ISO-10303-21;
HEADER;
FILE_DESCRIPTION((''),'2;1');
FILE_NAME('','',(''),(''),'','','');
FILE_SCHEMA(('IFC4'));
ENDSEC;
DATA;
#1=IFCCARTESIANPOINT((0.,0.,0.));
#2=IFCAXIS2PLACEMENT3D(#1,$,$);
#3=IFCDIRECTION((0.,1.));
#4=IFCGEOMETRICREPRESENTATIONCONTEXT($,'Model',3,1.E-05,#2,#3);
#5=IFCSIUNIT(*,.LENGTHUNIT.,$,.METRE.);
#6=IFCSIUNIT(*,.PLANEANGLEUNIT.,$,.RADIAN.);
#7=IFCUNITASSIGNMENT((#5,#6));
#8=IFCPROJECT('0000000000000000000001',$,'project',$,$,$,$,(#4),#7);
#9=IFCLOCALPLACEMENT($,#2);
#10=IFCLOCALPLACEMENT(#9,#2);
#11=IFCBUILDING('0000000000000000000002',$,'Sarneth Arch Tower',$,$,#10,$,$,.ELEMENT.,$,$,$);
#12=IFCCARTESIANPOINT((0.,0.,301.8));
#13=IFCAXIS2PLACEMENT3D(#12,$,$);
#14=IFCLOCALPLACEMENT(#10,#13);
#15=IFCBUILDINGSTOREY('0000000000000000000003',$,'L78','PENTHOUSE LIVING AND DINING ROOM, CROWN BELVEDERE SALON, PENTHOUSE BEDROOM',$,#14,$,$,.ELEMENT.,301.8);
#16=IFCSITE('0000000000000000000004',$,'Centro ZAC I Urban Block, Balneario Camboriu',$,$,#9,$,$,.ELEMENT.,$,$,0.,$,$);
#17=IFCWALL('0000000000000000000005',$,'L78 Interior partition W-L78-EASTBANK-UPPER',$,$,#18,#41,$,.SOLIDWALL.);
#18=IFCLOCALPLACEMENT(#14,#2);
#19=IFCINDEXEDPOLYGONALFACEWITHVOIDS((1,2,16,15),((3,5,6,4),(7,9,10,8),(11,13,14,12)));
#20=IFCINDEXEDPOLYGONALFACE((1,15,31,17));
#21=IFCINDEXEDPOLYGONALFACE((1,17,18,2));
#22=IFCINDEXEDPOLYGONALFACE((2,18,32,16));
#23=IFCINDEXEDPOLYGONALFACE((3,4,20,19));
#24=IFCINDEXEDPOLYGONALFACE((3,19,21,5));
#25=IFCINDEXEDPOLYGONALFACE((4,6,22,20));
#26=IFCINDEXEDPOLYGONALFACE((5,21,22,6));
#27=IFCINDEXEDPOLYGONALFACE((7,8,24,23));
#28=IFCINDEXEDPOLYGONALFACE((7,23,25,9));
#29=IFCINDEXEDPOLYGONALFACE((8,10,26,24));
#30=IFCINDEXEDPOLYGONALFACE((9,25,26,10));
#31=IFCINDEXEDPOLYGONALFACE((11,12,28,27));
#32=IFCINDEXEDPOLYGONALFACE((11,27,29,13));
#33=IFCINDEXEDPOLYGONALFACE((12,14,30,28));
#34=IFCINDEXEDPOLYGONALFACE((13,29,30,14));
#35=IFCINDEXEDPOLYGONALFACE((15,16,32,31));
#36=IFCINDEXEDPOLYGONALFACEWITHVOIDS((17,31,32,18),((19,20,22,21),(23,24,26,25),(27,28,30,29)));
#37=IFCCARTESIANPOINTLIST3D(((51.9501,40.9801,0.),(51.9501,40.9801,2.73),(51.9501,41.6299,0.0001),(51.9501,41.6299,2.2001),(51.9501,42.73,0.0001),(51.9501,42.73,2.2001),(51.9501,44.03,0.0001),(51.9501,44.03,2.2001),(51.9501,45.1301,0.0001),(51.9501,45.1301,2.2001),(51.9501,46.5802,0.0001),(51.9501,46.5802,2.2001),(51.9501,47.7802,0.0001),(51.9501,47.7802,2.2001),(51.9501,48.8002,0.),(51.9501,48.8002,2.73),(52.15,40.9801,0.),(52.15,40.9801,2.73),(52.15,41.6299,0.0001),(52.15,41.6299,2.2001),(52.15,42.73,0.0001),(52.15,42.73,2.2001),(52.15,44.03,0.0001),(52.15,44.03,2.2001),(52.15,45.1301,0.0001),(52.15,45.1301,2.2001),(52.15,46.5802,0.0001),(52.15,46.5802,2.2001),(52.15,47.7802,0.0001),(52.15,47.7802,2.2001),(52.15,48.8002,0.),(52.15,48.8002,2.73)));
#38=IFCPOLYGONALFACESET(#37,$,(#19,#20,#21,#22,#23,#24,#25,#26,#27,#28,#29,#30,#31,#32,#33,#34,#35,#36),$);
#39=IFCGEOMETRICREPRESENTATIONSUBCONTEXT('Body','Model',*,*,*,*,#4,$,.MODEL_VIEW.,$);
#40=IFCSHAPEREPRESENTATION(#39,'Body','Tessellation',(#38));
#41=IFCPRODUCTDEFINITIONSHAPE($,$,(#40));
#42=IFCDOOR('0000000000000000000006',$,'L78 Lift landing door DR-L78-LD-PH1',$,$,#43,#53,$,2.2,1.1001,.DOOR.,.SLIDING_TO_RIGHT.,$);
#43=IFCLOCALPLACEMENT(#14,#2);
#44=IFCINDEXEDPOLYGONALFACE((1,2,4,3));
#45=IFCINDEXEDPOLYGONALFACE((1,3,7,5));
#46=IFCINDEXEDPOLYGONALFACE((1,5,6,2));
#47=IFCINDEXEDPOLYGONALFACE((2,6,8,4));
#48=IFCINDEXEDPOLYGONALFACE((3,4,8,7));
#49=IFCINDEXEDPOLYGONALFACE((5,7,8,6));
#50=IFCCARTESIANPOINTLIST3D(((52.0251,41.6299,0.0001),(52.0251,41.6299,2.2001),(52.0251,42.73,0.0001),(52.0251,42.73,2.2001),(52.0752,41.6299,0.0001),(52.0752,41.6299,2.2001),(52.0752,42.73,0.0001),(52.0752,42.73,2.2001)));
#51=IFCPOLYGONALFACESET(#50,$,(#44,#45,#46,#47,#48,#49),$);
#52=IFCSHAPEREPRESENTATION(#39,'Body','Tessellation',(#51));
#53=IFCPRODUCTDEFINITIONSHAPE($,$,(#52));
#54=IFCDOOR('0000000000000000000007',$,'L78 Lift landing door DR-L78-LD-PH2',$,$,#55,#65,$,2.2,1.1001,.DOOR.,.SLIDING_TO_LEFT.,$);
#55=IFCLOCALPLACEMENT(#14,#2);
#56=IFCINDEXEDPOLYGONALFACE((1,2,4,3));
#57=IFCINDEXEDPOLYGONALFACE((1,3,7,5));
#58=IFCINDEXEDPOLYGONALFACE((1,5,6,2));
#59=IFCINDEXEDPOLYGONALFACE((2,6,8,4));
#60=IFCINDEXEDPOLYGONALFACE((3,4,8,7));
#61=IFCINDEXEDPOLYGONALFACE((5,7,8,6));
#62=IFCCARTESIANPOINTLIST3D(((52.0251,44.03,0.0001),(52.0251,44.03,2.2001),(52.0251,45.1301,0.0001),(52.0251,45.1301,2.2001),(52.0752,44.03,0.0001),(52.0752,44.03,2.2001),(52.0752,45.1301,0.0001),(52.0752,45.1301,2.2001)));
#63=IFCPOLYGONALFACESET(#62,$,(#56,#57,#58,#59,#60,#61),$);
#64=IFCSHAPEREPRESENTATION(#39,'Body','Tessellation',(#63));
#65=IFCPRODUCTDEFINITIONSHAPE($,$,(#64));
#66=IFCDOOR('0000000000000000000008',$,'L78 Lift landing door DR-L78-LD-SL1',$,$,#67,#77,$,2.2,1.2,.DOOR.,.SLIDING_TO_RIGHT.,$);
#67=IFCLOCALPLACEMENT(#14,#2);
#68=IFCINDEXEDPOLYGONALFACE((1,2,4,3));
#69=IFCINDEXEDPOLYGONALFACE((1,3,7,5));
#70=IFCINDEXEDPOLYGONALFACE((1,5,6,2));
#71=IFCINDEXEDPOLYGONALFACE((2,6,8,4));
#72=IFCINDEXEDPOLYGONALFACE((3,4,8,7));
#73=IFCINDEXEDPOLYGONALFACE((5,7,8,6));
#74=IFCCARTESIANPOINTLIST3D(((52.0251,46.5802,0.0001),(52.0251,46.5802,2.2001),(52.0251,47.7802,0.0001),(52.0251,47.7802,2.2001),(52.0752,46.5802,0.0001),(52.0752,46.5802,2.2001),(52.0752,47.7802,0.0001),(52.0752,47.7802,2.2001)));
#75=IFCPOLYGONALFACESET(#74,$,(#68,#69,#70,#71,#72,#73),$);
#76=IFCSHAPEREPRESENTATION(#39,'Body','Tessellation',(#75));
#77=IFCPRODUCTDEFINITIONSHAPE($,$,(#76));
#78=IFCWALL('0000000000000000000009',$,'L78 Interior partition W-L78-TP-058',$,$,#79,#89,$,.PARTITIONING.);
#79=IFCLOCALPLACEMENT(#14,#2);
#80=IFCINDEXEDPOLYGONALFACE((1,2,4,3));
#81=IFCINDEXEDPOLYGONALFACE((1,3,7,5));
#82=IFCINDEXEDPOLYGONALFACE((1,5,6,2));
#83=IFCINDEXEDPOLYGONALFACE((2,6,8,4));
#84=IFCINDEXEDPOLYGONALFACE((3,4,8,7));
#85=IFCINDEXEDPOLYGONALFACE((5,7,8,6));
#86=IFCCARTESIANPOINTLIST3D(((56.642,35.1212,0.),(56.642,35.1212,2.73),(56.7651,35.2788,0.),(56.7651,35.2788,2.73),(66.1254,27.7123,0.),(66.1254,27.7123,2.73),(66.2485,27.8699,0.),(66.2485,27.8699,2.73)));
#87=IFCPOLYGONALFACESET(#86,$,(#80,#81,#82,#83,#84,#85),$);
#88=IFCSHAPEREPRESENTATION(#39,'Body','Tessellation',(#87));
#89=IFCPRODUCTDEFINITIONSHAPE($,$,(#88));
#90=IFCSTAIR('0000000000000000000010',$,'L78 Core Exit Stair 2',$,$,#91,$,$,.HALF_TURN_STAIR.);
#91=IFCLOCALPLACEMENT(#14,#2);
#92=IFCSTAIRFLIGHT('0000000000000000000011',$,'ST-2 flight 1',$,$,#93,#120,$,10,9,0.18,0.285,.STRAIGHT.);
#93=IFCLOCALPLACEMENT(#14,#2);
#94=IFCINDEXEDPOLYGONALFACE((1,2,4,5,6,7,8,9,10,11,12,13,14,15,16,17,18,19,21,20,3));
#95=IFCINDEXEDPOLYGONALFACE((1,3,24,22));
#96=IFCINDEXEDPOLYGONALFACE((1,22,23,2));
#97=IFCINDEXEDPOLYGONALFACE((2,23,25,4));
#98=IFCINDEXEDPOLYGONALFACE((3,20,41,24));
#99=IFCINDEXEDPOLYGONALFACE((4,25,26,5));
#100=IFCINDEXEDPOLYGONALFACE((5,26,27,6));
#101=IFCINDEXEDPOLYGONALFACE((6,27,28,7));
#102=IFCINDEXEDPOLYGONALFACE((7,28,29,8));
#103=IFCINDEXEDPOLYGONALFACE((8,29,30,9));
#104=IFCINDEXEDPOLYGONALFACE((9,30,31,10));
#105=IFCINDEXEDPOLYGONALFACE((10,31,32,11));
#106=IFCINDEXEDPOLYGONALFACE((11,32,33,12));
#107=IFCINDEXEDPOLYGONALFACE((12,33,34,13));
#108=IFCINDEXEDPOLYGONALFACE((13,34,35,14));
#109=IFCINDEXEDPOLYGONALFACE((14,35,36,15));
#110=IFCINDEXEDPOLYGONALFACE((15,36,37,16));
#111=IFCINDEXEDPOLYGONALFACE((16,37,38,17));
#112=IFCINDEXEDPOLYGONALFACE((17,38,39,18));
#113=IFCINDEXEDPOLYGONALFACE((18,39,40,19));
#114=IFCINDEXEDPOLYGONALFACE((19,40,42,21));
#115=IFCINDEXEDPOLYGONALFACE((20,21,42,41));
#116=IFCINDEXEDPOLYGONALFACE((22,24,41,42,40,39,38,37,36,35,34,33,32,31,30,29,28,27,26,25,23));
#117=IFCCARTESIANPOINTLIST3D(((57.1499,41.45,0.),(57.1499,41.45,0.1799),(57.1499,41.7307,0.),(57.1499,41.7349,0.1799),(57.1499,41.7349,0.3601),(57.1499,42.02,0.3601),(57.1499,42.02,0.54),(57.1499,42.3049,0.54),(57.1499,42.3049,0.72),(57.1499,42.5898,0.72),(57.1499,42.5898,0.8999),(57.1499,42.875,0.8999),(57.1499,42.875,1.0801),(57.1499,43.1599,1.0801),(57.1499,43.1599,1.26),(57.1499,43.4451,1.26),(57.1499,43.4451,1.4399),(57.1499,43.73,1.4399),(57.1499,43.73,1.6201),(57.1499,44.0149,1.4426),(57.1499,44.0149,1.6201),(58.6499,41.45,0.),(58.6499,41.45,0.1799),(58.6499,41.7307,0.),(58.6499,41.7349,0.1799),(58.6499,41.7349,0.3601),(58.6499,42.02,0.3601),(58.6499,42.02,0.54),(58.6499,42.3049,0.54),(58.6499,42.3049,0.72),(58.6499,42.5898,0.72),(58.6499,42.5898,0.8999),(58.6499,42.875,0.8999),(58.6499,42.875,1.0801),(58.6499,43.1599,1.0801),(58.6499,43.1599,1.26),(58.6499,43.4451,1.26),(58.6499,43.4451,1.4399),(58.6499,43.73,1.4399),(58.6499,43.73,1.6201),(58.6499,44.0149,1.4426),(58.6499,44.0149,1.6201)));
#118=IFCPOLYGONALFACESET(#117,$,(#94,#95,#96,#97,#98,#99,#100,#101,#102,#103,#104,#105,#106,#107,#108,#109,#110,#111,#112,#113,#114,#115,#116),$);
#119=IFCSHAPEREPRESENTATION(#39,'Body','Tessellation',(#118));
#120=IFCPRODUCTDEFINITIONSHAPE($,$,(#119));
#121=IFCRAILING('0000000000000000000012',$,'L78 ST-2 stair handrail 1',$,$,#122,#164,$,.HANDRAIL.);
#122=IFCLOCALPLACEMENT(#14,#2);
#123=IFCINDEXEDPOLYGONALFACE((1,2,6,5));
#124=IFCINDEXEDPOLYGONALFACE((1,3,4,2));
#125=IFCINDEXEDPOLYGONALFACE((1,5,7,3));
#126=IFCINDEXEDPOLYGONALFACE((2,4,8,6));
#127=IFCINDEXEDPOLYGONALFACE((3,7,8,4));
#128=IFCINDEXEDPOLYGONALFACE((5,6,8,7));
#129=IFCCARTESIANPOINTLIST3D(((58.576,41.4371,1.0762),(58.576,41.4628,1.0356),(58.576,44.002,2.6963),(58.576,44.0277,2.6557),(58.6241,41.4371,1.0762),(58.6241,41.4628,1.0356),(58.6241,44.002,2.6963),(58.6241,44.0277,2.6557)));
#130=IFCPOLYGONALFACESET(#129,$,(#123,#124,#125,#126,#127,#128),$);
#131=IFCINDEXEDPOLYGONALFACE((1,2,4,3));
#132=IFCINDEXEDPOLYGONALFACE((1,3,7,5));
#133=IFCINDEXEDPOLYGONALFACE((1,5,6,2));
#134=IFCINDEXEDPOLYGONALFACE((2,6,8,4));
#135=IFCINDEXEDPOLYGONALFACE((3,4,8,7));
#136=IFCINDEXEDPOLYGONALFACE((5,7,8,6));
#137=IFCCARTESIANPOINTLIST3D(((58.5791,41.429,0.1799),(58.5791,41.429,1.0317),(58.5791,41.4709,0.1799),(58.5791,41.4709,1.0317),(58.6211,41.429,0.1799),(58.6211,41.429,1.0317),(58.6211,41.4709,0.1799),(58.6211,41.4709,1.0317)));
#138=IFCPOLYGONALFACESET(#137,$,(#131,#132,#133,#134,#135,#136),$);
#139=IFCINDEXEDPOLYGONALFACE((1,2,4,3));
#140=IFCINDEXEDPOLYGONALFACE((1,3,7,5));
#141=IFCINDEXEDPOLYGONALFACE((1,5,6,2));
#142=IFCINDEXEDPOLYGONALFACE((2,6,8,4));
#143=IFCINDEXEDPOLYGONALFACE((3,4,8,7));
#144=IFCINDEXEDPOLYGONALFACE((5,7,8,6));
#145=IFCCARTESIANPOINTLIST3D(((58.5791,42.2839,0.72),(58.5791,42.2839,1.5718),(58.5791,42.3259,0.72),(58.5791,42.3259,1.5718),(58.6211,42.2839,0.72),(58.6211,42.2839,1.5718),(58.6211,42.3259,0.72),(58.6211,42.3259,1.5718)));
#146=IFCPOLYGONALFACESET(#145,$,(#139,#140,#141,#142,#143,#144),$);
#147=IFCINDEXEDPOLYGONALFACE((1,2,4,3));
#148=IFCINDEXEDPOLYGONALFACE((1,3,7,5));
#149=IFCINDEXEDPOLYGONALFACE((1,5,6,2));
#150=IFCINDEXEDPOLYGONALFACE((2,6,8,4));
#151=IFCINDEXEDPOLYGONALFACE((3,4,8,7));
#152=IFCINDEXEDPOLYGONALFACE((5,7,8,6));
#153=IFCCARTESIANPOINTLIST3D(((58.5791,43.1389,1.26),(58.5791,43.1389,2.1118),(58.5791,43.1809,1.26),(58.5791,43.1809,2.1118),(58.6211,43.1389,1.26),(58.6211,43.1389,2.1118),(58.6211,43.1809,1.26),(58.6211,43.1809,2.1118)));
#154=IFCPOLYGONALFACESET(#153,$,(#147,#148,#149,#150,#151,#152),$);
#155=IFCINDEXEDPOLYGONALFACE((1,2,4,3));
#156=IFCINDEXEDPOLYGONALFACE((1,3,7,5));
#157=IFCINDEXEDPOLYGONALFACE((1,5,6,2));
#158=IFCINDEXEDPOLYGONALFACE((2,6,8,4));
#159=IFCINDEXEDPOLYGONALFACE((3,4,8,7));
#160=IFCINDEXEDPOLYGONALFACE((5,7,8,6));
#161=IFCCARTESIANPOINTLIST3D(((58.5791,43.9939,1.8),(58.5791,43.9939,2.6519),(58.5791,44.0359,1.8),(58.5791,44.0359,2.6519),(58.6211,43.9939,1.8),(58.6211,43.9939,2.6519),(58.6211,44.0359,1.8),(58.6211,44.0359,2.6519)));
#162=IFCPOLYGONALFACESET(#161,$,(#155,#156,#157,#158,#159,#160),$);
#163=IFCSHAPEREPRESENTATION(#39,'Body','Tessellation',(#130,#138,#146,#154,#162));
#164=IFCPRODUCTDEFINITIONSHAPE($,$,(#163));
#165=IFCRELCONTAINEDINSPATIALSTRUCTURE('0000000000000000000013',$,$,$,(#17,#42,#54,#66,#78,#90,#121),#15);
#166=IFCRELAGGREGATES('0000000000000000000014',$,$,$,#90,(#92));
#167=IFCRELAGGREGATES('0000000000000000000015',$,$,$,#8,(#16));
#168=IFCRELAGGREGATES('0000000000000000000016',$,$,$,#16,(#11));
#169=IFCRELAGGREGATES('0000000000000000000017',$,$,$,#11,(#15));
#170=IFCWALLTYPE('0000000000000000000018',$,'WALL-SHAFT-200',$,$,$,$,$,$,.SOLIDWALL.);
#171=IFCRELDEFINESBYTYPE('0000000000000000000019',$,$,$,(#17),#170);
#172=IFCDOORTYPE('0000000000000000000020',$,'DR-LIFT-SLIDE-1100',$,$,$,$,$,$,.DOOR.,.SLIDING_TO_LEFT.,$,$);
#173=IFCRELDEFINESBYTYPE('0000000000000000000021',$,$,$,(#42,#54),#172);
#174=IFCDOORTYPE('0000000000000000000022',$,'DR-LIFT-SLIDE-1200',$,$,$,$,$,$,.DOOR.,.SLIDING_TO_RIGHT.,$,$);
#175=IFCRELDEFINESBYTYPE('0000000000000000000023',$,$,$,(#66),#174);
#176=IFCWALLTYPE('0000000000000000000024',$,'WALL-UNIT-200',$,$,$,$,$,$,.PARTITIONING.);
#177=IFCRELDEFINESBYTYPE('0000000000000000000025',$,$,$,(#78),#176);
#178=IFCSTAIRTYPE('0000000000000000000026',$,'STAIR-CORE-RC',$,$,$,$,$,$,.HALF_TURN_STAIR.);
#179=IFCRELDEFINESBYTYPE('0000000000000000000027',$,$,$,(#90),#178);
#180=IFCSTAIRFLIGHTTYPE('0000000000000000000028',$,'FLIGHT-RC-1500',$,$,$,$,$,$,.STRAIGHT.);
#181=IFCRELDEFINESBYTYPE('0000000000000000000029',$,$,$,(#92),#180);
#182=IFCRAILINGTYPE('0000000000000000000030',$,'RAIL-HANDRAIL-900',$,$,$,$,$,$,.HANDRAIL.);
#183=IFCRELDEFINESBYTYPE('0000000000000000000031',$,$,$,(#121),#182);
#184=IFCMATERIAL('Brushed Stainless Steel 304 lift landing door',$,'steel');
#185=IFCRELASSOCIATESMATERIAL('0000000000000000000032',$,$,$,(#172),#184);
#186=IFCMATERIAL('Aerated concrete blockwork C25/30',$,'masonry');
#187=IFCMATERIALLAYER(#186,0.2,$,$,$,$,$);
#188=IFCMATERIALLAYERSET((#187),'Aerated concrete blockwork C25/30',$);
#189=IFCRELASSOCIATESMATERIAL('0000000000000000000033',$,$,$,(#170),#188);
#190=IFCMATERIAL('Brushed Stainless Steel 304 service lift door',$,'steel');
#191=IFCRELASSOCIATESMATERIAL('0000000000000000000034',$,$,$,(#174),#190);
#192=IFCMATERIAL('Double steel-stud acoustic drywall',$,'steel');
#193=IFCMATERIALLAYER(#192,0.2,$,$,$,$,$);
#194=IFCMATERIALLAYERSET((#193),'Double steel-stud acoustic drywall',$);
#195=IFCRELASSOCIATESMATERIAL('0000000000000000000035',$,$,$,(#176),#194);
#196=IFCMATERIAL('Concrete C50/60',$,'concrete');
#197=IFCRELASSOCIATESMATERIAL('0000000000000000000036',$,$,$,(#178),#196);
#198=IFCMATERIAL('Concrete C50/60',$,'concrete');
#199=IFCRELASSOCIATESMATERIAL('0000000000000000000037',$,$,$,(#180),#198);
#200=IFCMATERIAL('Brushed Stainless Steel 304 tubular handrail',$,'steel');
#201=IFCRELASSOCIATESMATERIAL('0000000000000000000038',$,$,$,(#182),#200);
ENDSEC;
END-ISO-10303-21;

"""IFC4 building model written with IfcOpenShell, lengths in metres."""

from ifc_helpers import new_model, si_unit, direction, frame, frame_2d, origin, origin_2d, place, context, subcontext, project, spatial, polyline, rectangle, outline, extrude, material, layer, layer_set, type_object, element, fill, aggregate, save


model = new_model("IFC4")

# Units and contexts
model_context = context("Model", 3, precision=1e-05, world=origin(), true_north=direction((0.0, 1.0)))
body_context = subcontext(model_context, "Body", "Model", "MODEL_VIEW")
ifc_project = project(units=[si_unit("LENGTHUNIT", "METRE"), si_unit("PLANEANGLEUNIT", "RADIAN")], contexts=[model_context])

# Site, building, storey
site_placement = place(None, origin())
site = spatial("IfcSite", under=ifc_project, at=site_placement, Name="Centro ZAC I Urban Block, Balneario Camboriu", CompositionType="ELEMENT", RefElevation=0.0)
building_placement = place(site_placement, origin())
building = spatial("IfcBuilding", under=site, at=building_placement, Name="Sarneth Arch Tower", CompositionType="ELEMENT")
storey_placement = place(building_placement, frame((0.0, 0.0, 301.8)))
storey = spatial("IfcBuildingStorey", under=building, at=storey_placement, Name="L78", Description="PENTHOUSE LIVING AND DINING ROOM, CROWN BELVEDERE SALON, PENTHOUSE BEDROOM", CompositionType="ELEMENT", Elevation=301.8)

# Shared definitions
ifc_material_1 = material(Name="Brushed Stainless Steel 304 lift landing door", Category="steel")
door_type_1 = type_object("IfcDoorType", Name="DR-LIFT-SLIDE-1100", OperationType="SLIDING_TO_LEFT", PredefinedType="DOOR", material=ifc_material_1)

# Shared definitions
ifc_material_2 = material(Name="Aerated concrete blockwork C25/30", Category="masonry")
ifc_layer_1 = layer(ifc_material_2, 0.2)
ifc_layer_set_1 = layer_set([ifc_layer_1], Name="Aerated concrete blockwork C25/30")
wall_type_1 = type_object("IfcWallType", Name="WALL-SHAFT-200", PredefinedType="SOLIDWALL", material=ifc_layer_set_1)

# Wall, openings, doors
wall_1_placement = place(storey_placement, frame((52.05, 40.98, 0.0), z_axis=(0.0, 0.0, 1.0), x_axis=(0.0, 1.0, 0.0)))
wall_1 = element("IfcWall", 1, at=wall_1_placement, inside=storey, type_object=wall_type_1, Name="L78 Interior partition W-L78-EASTBANK-UPPER", PredefinedType="SOLIDWALL", context=body_context, shape_type="SweptSolid", body=[
    extrude(rectangle(XDim=7.8201, YDim=0.2, at=frame_2d((3.9102, 0.0))), origin(), (0.0, 0.0, 1.0), 2.73),
])
opening_1_placement = place(wall_1_placement, frame((0.6499, 0.0, 0.0)))
opening_1 = element("IfcOpeningElement", 2, at=opening_1_placement, cuts=wall_1, PredefinedType="OPENING", context=body_context, shape_type="SweptSolid", body=[
    extrude(rectangle(XDim=1.1001, YDim=2.2, at=frame_2d((0.55, 1.1001))), frame((0.0, 0.1099, 0.0), z_axis=(0.0, -1.0, 0.0), x_axis=(1.0, 0.0, 0.0)), (0.0, 0.0, 1.0), 0.22),
])
opening_2_placement = place(wall_1_placement, frame((3.05, 0.0, 0.0)))
opening_2 = element("IfcOpeningElement", 3, at=opening_2_placement, cuts=wall_1, PredefinedType="OPENING", context=body_context, shape_type="SweptSolid", body=[
    extrude(rectangle(XDim=1.1001, YDim=2.2, at=frame_2d((0.55, 1.1001))), frame((0.0, 0.1099, 0.0), z_axis=(0.0, -1.0, 0.0), x_axis=(1.0, 0.0, 0.0)), (0.0, 0.0, 1.0), 0.22),
])
opening_3_placement = place(wall_1_placement, frame((5.6001, 0.0, 0.0)))
opening_3 = element("IfcOpeningElement", 4, at=opening_3_placement, cuts=wall_1, PredefinedType="OPENING", context=body_context, shape_type="SweptSolid", body=[
    extrude(rectangle(XDim=1.2, YDim=2.2, at=frame_2d((0.6001, 1.1001))), frame((0.0, 0.1099, 0.0), z_axis=(0.0, -1.0, 0.0), x_axis=(1.0, 0.0, 0.0)), (0.0, 0.0, 1.0), 0.22),
])
door_1_placement = place(opening_1_placement, origin())
door_1 = element("IfcDoor", 5, at=door_1_placement, inside=storey, type_object=door_type_1, Name="L78 Lift landing door DR-L78-LD-PH1", OperationType="SLIDING_TO_RIGHT", OverallHeight=2.2, OverallWidth=1.1001, PredefinedType="DOOR", context=body_context, shape_type="SweptSolid", body=[
    extrude(rectangle(XDim=1.1001, YDim=2.2, at=frame_2d((0.55, 1.1001))), frame((0.0, 0.0249, 0.0), z_axis=(0.0, -1.0, 0.0), x_axis=(1.0, 0.0, 0.0)), (0.0, 0.0, 1.0), 0.05),
])
fill(opening_1, door_1)
door_2_placement = place(opening_2_placement, origin())
door_2 = element("IfcDoor", 6, at=door_2_placement, inside=storey, type_object=door_type_1, Name="L78 Lift landing door DR-L78-LD-PH2", OperationType="SLIDING_TO_LEFT", OverallHeight=2.2, OverallWidth=1.1001, PredefinedType="DOOR", context=body_context, shape_type="SweptSolid", body=[
    extrude(rectangle(XDim=1.1001, YDim=2.2, at=frame_2d((0.55, 1.1001))), frame((0.0, 0.0249, 0.0), z_axis=(0.0, -1.0, 0.0), x_axis=(1.0, 0.0, 0.0)), (0.0, 0.0, 1.0), 0.05),
])
fill(opening_2, door_2)
ifc_material_3 = material(Name="Brushed Stainless Steel 304 service lift door", Category="steel")
door_type_2 = type_object("IfcDoorType", Name="DR-LIFT-SLIDE-1200", OperationType="SLIDING_TO_RIGHT", PredefinedType="DOOR", material=ifc_material_3)
door_3_placement = place(opening_3_placement, origin())
door_3 = element("IfcDoor", 7, at=door_3_placement, inside=storey, type_object=door_type_2, Name="L78 Lift landing door DR-L78-LD-SL1", OperationType="SLIDING_TO_RIGHT", OverallHeight=2.2, OverallWidth=1.2, PredefinedType="DOOR", context=body_context, shape_type="SweptSolid", body=[
    extrude(rectangle(XDim=1.2, YDim=2.2, at=frame_2d((0.6001, 1.1001))), frame((0.0, 0.0249, 0.0), z_axis=(0.0, -1.0, 0.0), x_axis=(1.0, 0.0, 0.0)), (0.0, 0.0, 1.0), 0.05),
])
fill(opening_3, door_3)

# Wall
ifc_material_4 = material(Name="Double steel-stud acoustic drywall", Category="steel")
ifc_layer_2 = layer(ifc_material_4, 0.2)
ifc_layer_set_2 = layer_set([ifc_layer_2], Name="Double steel-stud acoustic drywall")
wall_type_2 = type_object("IfcWallType", Name="WALL-UNIT-200", PredefinedType="PARTITIONING", material=ifc_layer_set_2)
wall_2_placement = place(storey_placement, frame((56.7036, 35.2, 0.0), z_axis=(0.0, 0.0, 1.0), x_axis=(0.788023, -0.615646, 0.0)))
element("IfcWall", 8, at=wall_2_placement, inside=storey, type_object=wall_type_2, Name="L78 Interior partition W-L78-TP-058", PredefinedType="PARTITIONING", context=body_context, shape_type="SweptSolid", body=[
    extrude(rectangle(XDim=12.0344, YDim=0.2, at=frame_2d((6.0171, 0.0))), origin(), (0.0, 0.0, 1.0), 2.73),
])

# Stair, stair flight
ifc_material_5 = material(Name="Concrete C50/60", Category="concrete")
stair_type = type_object("IfcStairType", Name="STAIR-CORE-RC", PredefinedType="HALF_TURN_STAIR", material=ifc_material_5)
stair_placement = place(storey_placement, origin())
stair = element("IfcStair", 9, at=stair_placement, inside=storey, type_object=stair_type, Name="L78 Core Exit Stair 2", PredefinedType="HALF_TURN_STAIR")
ifc_material_6 = material(Name="Concrete C50/60", Category="concrete")
stair_flight_type = type_object("IfcStairFlightType", Name="FLIGHT-RC-1500", PredefinedType="STRAIGHT", material=ifc_material_6)
stair_flight_placement = place(storey_placement, frame((57.8999, 41.45, 0.0), z_axis=(0.0, 0.0, 1.0), x_axis=(0.0, 1.0, 0.0)))
stair_flight = element("IfcStairFlight", 10, at=stair_flight_placement, type_object=stair_flight_type, Name="ST-2 flight 1", NumberOfRisers=10, NumberOfTreads=9, PredefinedType="STRAIGHT", RiserHeight=0.18, TreadLength=0.285, context=body_context, shape_type="SweptSolid", body=[
    extrude(outline(polyline([(0.0, 0.0), (0.0, 0.1799), (0.2849, 0.1799), (0.2849, 0.3601), (0.5701, 0.3601), (0.5701, 0.54), (0.855, 0.54), (0.855, 0.72), (1.1399, 0.72), (1.1399, 0.8999), (1.425, 0.8999), (1.425, 1.0801), (1.71, 1.0801), (1.71, 1.26), (1.9951, 1.26), (1.9951, 1.4399), (2.28, 1.4399), (2.28, 1.6201), (2.5649, 1.6201), (2.5649, 1.8), (2.5649, 1.4426), (0.2808, 0.0), (0.0, 0.0)])), frame((0.0, 0.75, 0.0), z_axis=(0.0, -1.0, 0.0), x_axis=(1.0, 0.0, 0.0)), (0.0, 0.0, 1.0), 1.5),
])
aggregate(stair, [stair_flight])

# Railing
ifc_material_7 = material(Name="Brushed Stainless Steel 304 tubular handrail", Category="steel")
railing_type_1 = type_object("IfcRailingType", Name="RAIL-HANDRAIL-900", PredefinedType="HANDRAIL", material=ifc_material_7)
railing_1_placement = place(storey_placement, frame((58.6001, 41.45, 0.1799)))
element("IfcRailing", 11, at=railing_1_placement, inside=storey, type_object=railing_type_1, Name="L78 ST-2 stair handrail 1", PredefinedType="HANDRAIL", context=body_context, shape_type="SweptSolid", body=[
    extrude(rectangle(XDim=0.0481, YDim=0.0481, at=origin_2d()), frame((0.0, 0.0, 0.876), z_axis=(0.0, 0.845466, 0.534029), x_axis=(-1.0, 0.0, 0.0)), (0.0, 0.0, 1.0), 3.0337),
    extrude(rectangle(XDim=0.042, YDim=0.042, at=origin_2d()), origin(), (0.0, 0.0, 1.0), 0.8518),
    extrude(rectangle(XDim=0.042, YDim=0.042, at=origin_2d()), frame((0.0, 0.855, 0.54)), (0.0, 0.0, 1.0), 0.8518),
    extrude(rectangle(XDim=0.042, YDim=0.042, at=origin_2d()), frame((0.0, 1.71, 1.0801)), (0.0, 0.0, 1.0), 0.8518),
    extrude(rectangle(XDim=0.042, YDim=0.042, at=origin_2d()), frame((0.0, 2.5649, 1.6201)), (0.0, 0.0, 1.0), 0.8518),
])

save(model, "model.ifc")
